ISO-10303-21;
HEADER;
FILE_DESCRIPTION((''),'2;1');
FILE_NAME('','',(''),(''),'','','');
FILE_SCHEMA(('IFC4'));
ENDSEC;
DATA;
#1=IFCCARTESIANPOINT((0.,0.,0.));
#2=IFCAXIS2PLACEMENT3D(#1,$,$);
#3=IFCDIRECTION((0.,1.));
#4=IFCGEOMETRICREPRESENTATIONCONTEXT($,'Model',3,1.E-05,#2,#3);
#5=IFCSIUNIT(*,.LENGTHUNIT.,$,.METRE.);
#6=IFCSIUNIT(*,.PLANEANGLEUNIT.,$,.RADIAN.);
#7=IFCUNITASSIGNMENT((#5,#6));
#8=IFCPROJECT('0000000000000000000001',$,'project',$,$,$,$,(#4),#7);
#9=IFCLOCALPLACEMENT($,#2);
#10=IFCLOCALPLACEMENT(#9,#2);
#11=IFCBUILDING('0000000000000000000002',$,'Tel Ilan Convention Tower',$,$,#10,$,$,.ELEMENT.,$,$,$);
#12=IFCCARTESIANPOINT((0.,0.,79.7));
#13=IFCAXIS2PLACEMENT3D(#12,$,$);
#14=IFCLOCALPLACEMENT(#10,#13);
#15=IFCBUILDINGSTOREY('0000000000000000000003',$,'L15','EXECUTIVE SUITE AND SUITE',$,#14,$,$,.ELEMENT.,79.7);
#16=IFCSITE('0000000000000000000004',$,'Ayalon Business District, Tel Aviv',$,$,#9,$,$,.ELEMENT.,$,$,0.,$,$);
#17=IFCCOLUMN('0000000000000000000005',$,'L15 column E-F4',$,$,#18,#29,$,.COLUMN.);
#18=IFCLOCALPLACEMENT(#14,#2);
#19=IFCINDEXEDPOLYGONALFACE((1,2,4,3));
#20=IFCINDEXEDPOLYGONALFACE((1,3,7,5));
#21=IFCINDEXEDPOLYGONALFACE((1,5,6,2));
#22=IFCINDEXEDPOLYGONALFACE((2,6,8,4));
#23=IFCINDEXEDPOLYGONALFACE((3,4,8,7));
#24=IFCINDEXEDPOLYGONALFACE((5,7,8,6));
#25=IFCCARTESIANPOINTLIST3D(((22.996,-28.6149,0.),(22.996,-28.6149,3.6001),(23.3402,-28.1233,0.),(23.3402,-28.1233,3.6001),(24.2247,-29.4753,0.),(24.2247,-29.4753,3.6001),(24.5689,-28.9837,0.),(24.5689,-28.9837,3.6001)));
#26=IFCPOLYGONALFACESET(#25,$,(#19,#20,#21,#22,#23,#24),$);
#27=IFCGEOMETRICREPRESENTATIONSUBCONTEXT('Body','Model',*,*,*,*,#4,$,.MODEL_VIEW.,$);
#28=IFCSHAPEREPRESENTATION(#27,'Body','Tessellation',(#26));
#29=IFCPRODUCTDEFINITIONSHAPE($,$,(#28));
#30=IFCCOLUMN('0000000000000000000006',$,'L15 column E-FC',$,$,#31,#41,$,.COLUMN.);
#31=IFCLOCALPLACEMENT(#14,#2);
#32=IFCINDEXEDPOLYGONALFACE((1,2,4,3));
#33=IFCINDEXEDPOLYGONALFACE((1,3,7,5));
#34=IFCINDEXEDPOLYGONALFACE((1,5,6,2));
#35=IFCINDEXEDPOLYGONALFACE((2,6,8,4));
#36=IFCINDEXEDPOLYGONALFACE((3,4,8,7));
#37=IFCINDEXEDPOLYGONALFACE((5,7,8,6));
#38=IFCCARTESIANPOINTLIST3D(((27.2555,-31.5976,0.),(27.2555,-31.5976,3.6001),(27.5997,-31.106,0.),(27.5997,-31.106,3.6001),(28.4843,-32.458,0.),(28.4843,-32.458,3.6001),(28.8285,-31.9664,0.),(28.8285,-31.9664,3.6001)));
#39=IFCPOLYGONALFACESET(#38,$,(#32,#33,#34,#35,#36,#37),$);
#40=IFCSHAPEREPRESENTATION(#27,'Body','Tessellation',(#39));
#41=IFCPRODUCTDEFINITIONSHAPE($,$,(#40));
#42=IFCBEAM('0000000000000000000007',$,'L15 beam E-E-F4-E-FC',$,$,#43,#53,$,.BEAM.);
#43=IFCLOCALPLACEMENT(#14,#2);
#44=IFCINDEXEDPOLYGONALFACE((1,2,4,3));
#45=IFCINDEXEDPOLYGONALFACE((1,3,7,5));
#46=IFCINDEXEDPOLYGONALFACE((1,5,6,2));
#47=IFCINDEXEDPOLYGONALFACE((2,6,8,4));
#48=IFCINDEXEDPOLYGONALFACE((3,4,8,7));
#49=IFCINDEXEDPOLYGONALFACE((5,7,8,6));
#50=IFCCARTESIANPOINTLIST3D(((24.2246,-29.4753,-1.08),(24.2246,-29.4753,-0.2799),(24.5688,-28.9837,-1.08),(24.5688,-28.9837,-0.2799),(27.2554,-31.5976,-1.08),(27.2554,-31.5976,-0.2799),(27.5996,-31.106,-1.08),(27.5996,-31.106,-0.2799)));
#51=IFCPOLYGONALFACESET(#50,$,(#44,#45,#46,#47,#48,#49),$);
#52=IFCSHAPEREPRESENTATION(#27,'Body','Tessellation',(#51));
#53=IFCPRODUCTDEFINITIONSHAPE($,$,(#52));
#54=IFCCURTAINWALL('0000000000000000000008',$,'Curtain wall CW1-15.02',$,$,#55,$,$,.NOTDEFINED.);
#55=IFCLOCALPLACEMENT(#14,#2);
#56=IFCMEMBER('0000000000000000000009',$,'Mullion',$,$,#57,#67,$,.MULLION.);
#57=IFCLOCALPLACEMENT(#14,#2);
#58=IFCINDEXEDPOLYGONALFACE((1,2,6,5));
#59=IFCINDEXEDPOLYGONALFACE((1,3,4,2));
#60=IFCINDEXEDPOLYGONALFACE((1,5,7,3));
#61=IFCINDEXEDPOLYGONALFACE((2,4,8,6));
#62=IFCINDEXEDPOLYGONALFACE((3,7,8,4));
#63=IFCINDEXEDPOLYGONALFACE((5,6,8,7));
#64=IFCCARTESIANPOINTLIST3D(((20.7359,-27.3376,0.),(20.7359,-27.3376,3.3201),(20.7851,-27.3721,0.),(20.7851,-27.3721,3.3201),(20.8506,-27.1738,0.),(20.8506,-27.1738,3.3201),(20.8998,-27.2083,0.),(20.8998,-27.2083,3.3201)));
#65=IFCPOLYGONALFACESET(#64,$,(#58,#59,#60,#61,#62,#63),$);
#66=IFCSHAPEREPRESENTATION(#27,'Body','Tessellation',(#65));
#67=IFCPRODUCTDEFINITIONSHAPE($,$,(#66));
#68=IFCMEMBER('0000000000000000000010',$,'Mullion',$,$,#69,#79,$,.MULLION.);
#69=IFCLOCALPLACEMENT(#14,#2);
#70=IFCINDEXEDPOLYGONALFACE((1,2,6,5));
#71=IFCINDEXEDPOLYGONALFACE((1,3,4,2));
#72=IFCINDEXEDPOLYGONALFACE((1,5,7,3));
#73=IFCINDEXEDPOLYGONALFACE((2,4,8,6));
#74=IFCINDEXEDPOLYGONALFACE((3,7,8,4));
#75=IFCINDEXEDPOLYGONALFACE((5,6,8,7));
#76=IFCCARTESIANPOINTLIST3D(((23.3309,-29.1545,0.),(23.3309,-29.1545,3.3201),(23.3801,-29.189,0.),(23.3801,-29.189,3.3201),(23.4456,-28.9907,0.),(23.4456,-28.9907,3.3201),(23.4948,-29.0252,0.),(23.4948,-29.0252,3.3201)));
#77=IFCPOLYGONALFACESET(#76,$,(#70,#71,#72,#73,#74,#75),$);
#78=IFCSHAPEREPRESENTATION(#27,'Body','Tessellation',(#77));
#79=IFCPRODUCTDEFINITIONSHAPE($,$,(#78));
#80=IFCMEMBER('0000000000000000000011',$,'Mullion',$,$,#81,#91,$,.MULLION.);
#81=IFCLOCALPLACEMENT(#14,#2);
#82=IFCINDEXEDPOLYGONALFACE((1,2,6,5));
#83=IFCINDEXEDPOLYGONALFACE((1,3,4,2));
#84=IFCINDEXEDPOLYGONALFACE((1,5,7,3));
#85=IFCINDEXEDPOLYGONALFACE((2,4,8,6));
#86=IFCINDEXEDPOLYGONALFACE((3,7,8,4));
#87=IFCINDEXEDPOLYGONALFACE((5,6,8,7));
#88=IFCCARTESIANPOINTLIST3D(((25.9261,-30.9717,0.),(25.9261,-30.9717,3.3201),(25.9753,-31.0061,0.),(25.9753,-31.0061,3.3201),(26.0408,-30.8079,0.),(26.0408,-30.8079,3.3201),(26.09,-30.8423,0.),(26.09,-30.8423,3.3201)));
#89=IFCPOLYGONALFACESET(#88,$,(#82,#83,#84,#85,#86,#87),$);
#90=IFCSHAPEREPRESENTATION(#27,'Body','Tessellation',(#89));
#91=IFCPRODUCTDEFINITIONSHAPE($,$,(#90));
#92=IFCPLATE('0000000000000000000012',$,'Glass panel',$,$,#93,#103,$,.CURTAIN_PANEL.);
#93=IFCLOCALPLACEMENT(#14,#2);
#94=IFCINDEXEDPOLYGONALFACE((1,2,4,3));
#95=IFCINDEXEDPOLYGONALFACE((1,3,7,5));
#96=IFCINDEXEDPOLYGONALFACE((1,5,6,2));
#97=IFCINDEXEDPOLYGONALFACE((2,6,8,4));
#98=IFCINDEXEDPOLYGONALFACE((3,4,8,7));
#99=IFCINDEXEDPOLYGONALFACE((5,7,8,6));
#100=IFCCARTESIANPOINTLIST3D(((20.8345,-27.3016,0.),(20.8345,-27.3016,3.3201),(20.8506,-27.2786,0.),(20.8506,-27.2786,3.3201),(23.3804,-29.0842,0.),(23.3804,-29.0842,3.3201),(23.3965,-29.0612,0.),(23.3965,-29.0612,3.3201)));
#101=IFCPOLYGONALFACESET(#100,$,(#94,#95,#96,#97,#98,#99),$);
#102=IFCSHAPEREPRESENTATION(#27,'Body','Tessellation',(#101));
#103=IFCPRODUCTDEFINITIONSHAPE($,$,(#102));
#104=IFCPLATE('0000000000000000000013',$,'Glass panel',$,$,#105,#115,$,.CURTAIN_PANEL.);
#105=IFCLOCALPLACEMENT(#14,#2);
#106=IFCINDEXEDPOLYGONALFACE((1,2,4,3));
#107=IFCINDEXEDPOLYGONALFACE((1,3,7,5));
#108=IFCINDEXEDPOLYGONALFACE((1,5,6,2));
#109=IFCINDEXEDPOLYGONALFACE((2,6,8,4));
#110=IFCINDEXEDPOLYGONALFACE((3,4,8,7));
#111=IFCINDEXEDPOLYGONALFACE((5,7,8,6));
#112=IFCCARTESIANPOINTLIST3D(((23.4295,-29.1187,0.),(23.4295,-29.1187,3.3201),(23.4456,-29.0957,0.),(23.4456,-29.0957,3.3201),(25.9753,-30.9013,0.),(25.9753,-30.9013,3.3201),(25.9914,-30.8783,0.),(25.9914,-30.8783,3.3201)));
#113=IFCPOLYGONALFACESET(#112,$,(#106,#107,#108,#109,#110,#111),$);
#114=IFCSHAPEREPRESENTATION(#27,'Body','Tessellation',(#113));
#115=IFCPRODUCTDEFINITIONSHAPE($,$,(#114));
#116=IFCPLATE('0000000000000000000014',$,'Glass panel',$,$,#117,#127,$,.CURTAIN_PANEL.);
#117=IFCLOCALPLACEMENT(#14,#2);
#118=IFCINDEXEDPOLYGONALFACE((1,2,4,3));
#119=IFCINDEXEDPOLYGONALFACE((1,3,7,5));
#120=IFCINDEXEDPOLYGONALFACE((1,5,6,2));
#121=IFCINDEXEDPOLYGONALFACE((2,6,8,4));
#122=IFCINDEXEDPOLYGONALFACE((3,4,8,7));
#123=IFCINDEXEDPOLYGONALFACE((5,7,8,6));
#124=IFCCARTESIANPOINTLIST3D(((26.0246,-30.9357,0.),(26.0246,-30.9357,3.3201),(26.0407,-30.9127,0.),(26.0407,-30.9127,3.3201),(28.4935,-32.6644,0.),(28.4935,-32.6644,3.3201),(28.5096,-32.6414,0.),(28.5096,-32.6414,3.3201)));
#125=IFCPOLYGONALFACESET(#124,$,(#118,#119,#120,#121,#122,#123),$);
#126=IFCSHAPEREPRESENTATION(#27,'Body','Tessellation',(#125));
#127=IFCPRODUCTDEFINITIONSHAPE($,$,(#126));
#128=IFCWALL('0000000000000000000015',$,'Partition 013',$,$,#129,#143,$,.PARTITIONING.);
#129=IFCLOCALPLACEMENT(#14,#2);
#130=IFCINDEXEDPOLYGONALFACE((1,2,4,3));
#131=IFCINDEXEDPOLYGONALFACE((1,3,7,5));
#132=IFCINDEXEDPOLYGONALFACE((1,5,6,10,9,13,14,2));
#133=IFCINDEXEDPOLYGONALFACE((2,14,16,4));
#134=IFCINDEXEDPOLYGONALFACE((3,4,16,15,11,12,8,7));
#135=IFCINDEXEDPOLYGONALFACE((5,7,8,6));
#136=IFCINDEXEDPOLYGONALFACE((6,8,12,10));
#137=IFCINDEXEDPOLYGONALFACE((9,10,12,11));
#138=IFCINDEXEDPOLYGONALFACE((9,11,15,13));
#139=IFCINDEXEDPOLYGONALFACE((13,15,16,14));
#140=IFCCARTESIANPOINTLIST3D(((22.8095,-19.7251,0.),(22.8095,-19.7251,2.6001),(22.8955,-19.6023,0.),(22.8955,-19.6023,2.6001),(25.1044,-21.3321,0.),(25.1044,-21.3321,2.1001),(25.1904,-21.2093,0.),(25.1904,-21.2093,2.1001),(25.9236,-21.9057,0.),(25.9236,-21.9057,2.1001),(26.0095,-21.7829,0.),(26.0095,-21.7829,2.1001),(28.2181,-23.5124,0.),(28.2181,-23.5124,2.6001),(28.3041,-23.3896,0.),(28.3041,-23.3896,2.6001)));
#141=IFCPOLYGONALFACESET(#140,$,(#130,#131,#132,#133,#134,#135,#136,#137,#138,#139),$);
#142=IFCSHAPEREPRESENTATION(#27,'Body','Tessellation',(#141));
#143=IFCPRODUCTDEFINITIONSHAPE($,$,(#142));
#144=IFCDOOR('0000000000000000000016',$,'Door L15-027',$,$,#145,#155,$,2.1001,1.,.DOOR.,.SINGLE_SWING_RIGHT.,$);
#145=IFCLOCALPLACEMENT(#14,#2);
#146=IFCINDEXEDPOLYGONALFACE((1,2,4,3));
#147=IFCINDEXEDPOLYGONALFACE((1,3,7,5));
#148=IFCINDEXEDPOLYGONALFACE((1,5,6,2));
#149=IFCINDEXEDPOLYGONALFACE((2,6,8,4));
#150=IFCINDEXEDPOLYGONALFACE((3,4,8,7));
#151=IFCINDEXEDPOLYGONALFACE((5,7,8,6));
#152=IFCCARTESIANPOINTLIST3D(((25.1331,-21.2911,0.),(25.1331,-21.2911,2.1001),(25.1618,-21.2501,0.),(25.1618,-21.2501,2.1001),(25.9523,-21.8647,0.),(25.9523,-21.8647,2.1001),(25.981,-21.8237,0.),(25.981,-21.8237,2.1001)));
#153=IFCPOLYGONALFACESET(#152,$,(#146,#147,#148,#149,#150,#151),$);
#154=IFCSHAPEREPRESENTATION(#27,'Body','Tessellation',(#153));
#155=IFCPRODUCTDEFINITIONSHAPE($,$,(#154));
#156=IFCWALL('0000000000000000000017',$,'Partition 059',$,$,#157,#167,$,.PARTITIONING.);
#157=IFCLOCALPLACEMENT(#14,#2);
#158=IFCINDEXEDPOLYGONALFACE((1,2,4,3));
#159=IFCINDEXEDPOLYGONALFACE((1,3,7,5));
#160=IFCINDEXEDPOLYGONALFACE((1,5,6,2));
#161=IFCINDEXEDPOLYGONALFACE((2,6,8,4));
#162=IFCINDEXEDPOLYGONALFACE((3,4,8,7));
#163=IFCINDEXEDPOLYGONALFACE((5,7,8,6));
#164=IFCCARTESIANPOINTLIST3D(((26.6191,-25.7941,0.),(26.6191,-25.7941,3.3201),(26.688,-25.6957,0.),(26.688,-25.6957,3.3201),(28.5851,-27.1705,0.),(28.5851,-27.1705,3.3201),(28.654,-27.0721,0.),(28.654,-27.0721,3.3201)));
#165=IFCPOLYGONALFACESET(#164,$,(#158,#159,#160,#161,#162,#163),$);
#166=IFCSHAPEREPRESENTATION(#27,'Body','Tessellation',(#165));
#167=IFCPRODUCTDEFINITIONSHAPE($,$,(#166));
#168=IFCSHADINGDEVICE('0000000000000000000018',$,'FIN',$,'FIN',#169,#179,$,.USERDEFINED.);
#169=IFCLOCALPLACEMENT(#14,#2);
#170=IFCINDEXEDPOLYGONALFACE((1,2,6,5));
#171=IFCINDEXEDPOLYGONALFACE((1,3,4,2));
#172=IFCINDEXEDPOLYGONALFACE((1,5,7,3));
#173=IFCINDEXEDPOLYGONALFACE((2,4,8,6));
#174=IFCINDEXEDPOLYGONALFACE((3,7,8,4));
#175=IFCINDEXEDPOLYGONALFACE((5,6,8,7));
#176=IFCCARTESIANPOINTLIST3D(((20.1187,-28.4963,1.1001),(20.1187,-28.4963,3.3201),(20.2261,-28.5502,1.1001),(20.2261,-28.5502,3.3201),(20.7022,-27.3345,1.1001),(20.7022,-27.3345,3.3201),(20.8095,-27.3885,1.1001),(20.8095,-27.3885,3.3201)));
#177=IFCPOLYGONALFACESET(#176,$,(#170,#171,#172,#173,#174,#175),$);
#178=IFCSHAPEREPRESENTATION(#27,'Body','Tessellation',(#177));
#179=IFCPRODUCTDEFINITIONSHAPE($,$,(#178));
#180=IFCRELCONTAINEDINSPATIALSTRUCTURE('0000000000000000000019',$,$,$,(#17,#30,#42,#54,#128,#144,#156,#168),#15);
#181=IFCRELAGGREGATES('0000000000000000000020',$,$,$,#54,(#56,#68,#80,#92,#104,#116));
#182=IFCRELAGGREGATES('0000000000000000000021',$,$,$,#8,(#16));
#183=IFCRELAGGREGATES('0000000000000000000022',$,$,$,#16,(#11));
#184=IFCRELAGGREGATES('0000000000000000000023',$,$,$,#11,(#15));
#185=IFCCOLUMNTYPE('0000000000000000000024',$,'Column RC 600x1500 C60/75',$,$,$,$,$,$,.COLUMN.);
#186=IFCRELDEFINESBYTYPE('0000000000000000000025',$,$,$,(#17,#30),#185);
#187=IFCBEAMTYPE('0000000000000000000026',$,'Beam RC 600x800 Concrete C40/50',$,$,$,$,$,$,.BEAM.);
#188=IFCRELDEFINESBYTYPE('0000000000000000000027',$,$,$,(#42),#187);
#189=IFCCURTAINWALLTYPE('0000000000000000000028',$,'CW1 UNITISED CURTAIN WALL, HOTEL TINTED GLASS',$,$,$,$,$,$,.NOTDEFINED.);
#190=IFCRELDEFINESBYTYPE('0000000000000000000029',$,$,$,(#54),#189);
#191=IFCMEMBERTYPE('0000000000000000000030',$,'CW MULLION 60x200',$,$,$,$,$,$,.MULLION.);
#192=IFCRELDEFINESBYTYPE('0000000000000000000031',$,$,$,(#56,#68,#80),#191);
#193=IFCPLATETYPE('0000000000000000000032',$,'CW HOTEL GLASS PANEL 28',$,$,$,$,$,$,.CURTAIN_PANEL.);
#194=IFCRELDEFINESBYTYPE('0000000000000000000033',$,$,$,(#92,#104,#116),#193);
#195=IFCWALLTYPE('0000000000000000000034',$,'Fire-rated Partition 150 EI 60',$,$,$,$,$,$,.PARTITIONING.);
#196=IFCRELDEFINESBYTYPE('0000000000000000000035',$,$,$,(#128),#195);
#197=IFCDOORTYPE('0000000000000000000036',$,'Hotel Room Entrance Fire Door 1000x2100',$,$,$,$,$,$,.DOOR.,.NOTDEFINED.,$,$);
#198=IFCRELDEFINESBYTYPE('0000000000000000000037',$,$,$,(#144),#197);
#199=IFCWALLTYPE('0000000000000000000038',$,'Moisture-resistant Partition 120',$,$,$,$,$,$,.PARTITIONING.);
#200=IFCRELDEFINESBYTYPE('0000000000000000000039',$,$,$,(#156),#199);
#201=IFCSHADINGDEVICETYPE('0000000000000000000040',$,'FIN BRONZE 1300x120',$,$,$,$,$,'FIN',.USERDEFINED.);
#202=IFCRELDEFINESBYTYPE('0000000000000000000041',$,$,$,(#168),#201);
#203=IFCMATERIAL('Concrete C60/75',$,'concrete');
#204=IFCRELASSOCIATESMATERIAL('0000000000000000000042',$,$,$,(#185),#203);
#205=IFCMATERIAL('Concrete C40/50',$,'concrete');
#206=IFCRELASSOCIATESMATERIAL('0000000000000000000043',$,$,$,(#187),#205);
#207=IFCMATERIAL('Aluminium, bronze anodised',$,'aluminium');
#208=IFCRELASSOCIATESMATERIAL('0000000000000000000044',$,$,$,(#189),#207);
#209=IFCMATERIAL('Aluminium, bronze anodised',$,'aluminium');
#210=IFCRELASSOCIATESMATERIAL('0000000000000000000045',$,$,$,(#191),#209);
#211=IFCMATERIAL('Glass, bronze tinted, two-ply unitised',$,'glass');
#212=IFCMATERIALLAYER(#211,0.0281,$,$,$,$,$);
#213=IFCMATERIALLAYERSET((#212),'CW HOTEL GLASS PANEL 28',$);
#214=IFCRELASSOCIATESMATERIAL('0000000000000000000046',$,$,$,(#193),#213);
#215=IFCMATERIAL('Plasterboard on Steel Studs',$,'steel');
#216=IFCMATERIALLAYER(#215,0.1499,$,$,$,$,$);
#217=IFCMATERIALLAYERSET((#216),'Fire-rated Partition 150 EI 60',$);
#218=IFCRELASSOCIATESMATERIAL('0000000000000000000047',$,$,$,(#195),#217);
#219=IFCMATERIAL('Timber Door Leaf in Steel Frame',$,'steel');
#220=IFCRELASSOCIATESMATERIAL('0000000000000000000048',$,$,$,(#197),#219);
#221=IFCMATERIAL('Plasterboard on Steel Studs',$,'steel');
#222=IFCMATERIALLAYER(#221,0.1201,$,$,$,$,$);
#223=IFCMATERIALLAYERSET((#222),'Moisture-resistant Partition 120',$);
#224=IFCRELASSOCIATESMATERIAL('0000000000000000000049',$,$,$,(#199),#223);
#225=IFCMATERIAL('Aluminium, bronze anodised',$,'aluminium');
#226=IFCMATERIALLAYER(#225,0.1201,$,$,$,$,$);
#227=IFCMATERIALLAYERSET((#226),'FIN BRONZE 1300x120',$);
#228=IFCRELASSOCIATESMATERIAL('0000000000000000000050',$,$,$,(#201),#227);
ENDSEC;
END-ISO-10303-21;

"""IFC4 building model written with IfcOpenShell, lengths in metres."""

from ifc_helpers import new_model, si_unit, direction, frame, frame_2d, origin, origin_2d, place, context, subcontext, project, spatial, rectangle, extrude, material, layer, layer_set, material_profile, profile_set, type_object, element, fill, aggregate, save


model = new_model("IFC4")

# Units and contexts
model_context = context("Model", 3, precision=1e-05, world=origin(), true_north=direction((0.0, 1.0)))
body_context = subcontext(model_context, "Body", "Model", "MODEL_VIEW")
ifc_project = project(units=[si_unit("LENGTHUNIT", "METRE"), si_unit("PLANEANGLEUNIT", "RADIAN")], contexts=[model_context])

# Site, building, storey
site_placement = place(None, origin())
site = spatial("IfcSite", under=ifc_project, at=site_placement, Name="Ayalon Business District, Tel Aviv", CompositionType="ELEMENT", RefElevation=0.0)
building_placement = place(site_placement, origin())
building = spatial("IfcBuilding", under=site, at=building_placement, Name="Tel Ilan Convention Tower", CompositionType="ELEMENT")
storey_placement = place(building_placement, frame((0.0, 0.0, 79.7)))
storey = spatial("IfcBuildingStorey", under=building, at=storey_placement, Name="L15", Description="EXECUTIVE SUITE AND SUITE", CompositionType="ELEMENT", Elevation=79.7)

# Columns
ifc_material_1 = material(Name="Concrete C60/75", Category="concrete")
ifc_material_profile_1 = material_profile(ifc_material_1, rectangle(XDim=1.5, YDim=0.6001, at=origin_2d()), Name="RC 600x1500")
ifc_profile_set_1 = profile_set([ifc_material_profile_1], Name="Concrete C60/75")
column_type = type_object("IfcColumnType", Name="Column RC 600x1500 C60/75", PredefinedType="COLUMN", material=ifc_profile_set_1)
for number, where, z_axis, x_axis, name in (
    (1, (23.7825, -28.7993, 0.0), (0.0, 0.0, 1.0), (0.819152, -0.573576, 0.0), "L15 column E-F4"),
    (2, (28.042, -31.782, 0.0), (0.0, 0.0, 1.0), (0.819152, -0.573576, 0.0), "L15 column E-FC"),
):
    element("IfcColumn", number, at=place(storey_placement, frame(where, z_axis=z_axis, x_axis=x_axis)), inside=storey, type_object=column_type, Name=name, PredefinedType="COLUMN", context=body_context, shape_type="SweptSolid", body=[
        extrude(rectangle(XDim=1.5, YDim=0.6001, at=origin_2d()), origin(), (0.0, 0.0, 1.0), 3.6001),
    ])

# Beam
ifc_material_2 = material(Name="Concrete C40/50", Category="concrete")
ifc_material_profile_2 = material_profile(ifc_material_2, rectangle(XDim=0.6001, YDim=0.8, at=origin_2d()), Name="RC 600x800")
ifc_profile_set_2 = profile_set([ifc_material_profile_2], Name="Concrete C40/50")
beam_type = type_object("IfcBeamType", Name="Beam RC 600x800 Concrete C40/50", PredefinedType="BEAM", material=ifc_profile_set_2)
beam_placement = place(storey_placement, frame((24.3967, -29.2295, -0.6799), z_axis=(0.819133, -0.573604, 0.0), x_axis=(0.573604, 0.819133, 0.0)))
element("IfcBeam", 3, at=beam_placement, inside=storey, type_object=beam_type, Name="L15 beam E-E-F4-E-FC", PredefinedType="BEAM", context=body_context, shape_type="SweptSolid", body=[
    extrude(rectangle(XDim=0.6001, YDim=0.8, at=origin_2d()), origin(), (0.0, 0.0, 1.0), 3.7),
])

# Curtain wall, members, plates
ifc_material_3 = material(Name="Aluminium, bronze anodised", Category="aluminium")
curtain_wall_type = type_object("IfcCurtainWallType", Name="CW1 UNITISED CURTAIN WALL, HOTEL TINTED GLASS", PredefinedType="NOTDEFINED", material=ifc_material_3)
curtain_wall_placement = place(storey_placement, origin())
curtain_wall = element("IfcCurtainWall", 4, at=curtain_wall_placement, inside=storey, type_object=curtain_wall_type, Name="Curtain wall CW1-15.02", PredefinedType="NOTDEFINED")
ifc_material_4 = material(Name="Aluminium, bronze anodised", Category="aluminium")
ifc_material_profile_3 = material_profile(ifc_material_4, rectangle(XDim=0.0601, YDim=0.2, at=origin_2d()), Name="CW MULLION 60x200")
ifc_profile_set_3 = profile_set([ifc_material_profile_3], Name="Aluminium, bronze anodised")
member_type = type_object("IfcMemberType", Name="CW MULLION 60x200", PredefinedType="MULLION", material=ifc_profile_set_3)
member_1_placement = place(storey_placement, frame((20.8179, -27.2729, 0.0), z_axis=(0.0, 0.0, 1.0), x_axis=(0.819152, -0.573576, 0.0)))
member_1 = element("IfcMember", 5, at=member_1_placement, type_object=member_type, Name="Mullion", PredefinedType="MULLION", context=body_context, shape_type="SweptSolid", body=[
    extrude(rectangle(XDim=0.0601, YDim=0.2, at=origin_2d()), origin(), (0.0, 0.0, 1.0), 3.3201),
])
member_2_placement = place(storey_placement, frame((23.4128, -29.0898, 0.0), z_axis=(0.0, 0.0, 1.0), x_axis=(0.819152, -0.573576, 0.0)))
member_2 = element("IfcMember", 6, at=member_2_placement, type_object=member_type, Name="Mullion", PredefinedType="MULLION", context=body_context, shape_type="SweptSolid", body=[
    extrude(rectangle(XDim=0.0601, YDim=0.2, at=origin_2d()), origin(), (0.0, 0.0, 1.0), 3.3201),
])
member_3_placement = place(storey_placement, frame((26.0081, -30.907, 0.0), z_axis=(0.0, 0.0, 1.0), x_axis=(0.819152, -0.573576, 0.0)))
member_3 = element("IfcMember", 7, at=member_3_placement, type_object=member_type, Name="Mullion", PredefinedType="MULLION", context=body_context, shape_type="SweptSolid", body=[
    extrude(rectangle(XDim=0.0601, YDim=0.2, at=origin_2d()), origin(), (0.0, 0.0, 1.0), 3.3201),
])
ifc_material_5 = material(Name="Glass, bronze tinted, two-ply unitised", Category="glass")
ifc_layer_1 = layer(ifc_material_5, 0.0281)
ifc_layer_set_1 = layer_set([ifc_layer_1], Name="CW HOTEL GLASS PANEL 28")
plate_type = type_object("IfcPlateType", Name="CW HOTEL GLASS PANEL 28", PredefinedType="CURTAIN_PANEL", material=ifc_layer_set_1)
plate_1_placement = place(storey_placement, frame((22.1155, -28.1814, 0.0), z_axis=(0.0, 0.0, 1.0), x_axis=(0.819152, -0.573576, 0.0)))
plate_1 = element("IfcPlate", 8, at=plate_1_placement, type_object=plate_type, Name="Glass panel", PredefinedType="CURTAIN_PANEL", context=body_context, shape_type="SweptSolid", body=[
    extrude(rectangle(XDim=3.1079, YDim=0.0281, at=origin_2d()), origin(), (0.0, 0.0, 1.0), 3.3201),
])
plate_2_placement = place(storey_placement, frame((24.7104, -29.9985, 0.0), z_axis=(0.0, 0.0, 1.0), x_axis=(0.819152, -0.573576, 0.0)))
plate_2 = element("IfcPlate", 9, at=plate_2_placement, type_object=plate_type, Name="Glass panel", PredefinedType="CURTAIN_PANEL", context=body_context, shape_type="SweptSolid", body=[
    extrude(rectangle(XDim=3.1079, YDim=0.0281, at=origin_2d()), origin(), (0.0, 0.0, 1.0), 3.3201),
])
plate_3_placement = place(storey_placement, frame((27.2671, -31.7886, 0.0), z_axis=(0.0, 0.0, 1.0), x_axis=(0.819152, -0.573576, 0.0)))
plate_3 = element("IfcPlate", 10, at=plate_3_placement, type_object=plate_type, Name="Glass panel", PredefinedType="CURTAIN_PANEL", context=body_context, shape_type="SweptSolid", body=[
    extrude(rectangle(XDim=3.0139, YDim=0.0281, at=origin_2d()), origin(), (0.0, 0.0, 1.0), 3.3201),
])
aggregate(curtain_wall, [member_1, member_2, member_3, plate_1, plate_2, plate_3])

# Wall, opening, door
ifc_material_6 = material(Name="Plasterboard on Steel Studs", Category="steel")
ifc_layer_2 = layer(ifc_material_6, 0.1499)
ifc_layer_set_2 = layer_set([ifc_layer_2], Name="Fire-rated Partition 150 EI 60")
wall_type_1 = type_object("IfcWallType", Name="Fire-rated Partition 150 EI 60", PredefinedType="PARTITIONING", material=ifc_layer_set_2)
wall_1_placement = place(storey_placement, frame((28.261, -23.4509, 0.0), z_axis=(0.0, 0.0, 1.0), x_axis=(-0.819142, 0.573591, 0.0)))
wall_1 = element("IfcWall", 11, at=wall_1_placement, inside=storey, type_object=wall_type_1, Name="Partition 013", PredefinedType="PARTITIONING", context=body_context, shape_type="SweptSolid", body=[
    extrude(rectangle(XDim=6.6028, YDim=0.1499, at=frame_2d((3.3013, 0.0))), origin(), (0.0, 0.0, 1.0), 2.6001),
])
opening_placement = place(wall_1_placement, frame((2.801, 0.0, 0.0)))
opening = element("IfcOpeningElement", 12, at=opening_placement, cuts=wall_1, PredefinedType="OPENING", context=body_context, shape_type="SweptSolid", body=[
    extrude(rectangle(XDim=1.0, YDim=2.1001, at=frame_2d((0.5, 1.05))), frame((0.0, 0.085, 0.0), z_axis=(0.0, -1.0, 0.0), x_axis=(1.0, 0.0, 0.0)), (0.0, 0.0, 1.0), 0.1699),
])
ifc_material_7 = material(Name="Timber Door Leaf in Steel Frame", Category="steel")
door_type = type_object("IfcDoorType", Name="Hotel Room Entrance Fire Door 1000x2100", OperationType="NOTDEFINED", PredefinedType="DOOR", material=ifc_material_7)
door_placement = place(opening_placement, origin())
door = element("IfcDoor", 13, at=door_placement, inside=storey, type_object=door_type, Name="Door L15-027", OperationType="SINGLE_SWING_RIGHT", OverallHeight=2.1001, OverallWidth=1.0, PredefinedType="DOOR", context=body_context, shape_type="SweptSolid", body=[
    extrude(rectangle(XDim=1.0, YDim=2.1001, at=frame_2d((0.5, 1.05))), frame((0.0, 0.0249, 0.0), z_axis=(0.0, -1.0, 0.0), x_axis=(1.0, 0.0, 0.0)), (0.0, 0.0, 1.0), 0.05),
])
fill(opening, door)

# Wall
ifc_material_8 = material(Name="Plasterboard on Steel Studs", Category="steel")
ifc_layer_3 = layer(ifc_material_8, 0.1201)
ifc_layer_set_3 = layer_set([ifc_layer_3], Name="Moisture-resistant Partition 120")
wall_type_2 = type_object("IfcWallType", Name="Moisture-resistant Partition 120", PredefinedType="PARTITIONING", material=ifc_layer_set_3)
wall_2_placement = place(storey_placement, frame((26.6536, -25.7449, 0.0), z_axis=(0.0, 0.0, 1.0), x_axis=(0.819189, -0.573524, 0.0)))
element("IfcWall", 14, at=wall_2_placement, inside=storey, type_object=wall_type_2, Name="Partition 059", PredefinedType="PARTITIONING", context=body_context, shape_type="SweptSolid", body=[
    extrude(rectangle(XDim=2.3999, YDim=0.1201, at=frame_2d((1.2, 0.0))), origin(), (0.0, 0.0, 1.0), 3.3201),
])

# Shading device
ifc_material_9 = material(Name="Aluminium, bronze anodised", Category="aluminium")
ifc_layer_4 = layer(ifc_material_9, 0.1201)
ifc_layer_set_4 = layer_set([ifc_layer_4], Name="FIN BRONZE 1300x120")
shading_device_type = type_object("IfcShadingDeviceType", Name="FIN BRONZE 1300x120", ElementType="FIN", PredefinedType="USERDEFINED", material=ifc_layer_set_4)
for number, where, z_axis, x_axis, name in (
    (15, (20.4641, -27.9424, 1.1001), (0.0, 0.0, 1.0), (-0.448799, -0.893633, 0.0), "FIN"),
):
    element("IfcShadingDevice", number, at=place(storey_placement, frame(where, z_axis=z_axis, x_axis=x_axis)), inside=storey, type_object=shading_device_type, Name=name, ObjectType="FIN", PredefinedType="USERDEFINED", context=body_context, shape_type="SweptSolid", body=[
        extrude(rectangle(XDim=1.3, YDim=0.1201, at=origin_2d()), origin(), (0.0, 0.0, 1.0), 2.22),
    ])

save(model, "model.ifc")
